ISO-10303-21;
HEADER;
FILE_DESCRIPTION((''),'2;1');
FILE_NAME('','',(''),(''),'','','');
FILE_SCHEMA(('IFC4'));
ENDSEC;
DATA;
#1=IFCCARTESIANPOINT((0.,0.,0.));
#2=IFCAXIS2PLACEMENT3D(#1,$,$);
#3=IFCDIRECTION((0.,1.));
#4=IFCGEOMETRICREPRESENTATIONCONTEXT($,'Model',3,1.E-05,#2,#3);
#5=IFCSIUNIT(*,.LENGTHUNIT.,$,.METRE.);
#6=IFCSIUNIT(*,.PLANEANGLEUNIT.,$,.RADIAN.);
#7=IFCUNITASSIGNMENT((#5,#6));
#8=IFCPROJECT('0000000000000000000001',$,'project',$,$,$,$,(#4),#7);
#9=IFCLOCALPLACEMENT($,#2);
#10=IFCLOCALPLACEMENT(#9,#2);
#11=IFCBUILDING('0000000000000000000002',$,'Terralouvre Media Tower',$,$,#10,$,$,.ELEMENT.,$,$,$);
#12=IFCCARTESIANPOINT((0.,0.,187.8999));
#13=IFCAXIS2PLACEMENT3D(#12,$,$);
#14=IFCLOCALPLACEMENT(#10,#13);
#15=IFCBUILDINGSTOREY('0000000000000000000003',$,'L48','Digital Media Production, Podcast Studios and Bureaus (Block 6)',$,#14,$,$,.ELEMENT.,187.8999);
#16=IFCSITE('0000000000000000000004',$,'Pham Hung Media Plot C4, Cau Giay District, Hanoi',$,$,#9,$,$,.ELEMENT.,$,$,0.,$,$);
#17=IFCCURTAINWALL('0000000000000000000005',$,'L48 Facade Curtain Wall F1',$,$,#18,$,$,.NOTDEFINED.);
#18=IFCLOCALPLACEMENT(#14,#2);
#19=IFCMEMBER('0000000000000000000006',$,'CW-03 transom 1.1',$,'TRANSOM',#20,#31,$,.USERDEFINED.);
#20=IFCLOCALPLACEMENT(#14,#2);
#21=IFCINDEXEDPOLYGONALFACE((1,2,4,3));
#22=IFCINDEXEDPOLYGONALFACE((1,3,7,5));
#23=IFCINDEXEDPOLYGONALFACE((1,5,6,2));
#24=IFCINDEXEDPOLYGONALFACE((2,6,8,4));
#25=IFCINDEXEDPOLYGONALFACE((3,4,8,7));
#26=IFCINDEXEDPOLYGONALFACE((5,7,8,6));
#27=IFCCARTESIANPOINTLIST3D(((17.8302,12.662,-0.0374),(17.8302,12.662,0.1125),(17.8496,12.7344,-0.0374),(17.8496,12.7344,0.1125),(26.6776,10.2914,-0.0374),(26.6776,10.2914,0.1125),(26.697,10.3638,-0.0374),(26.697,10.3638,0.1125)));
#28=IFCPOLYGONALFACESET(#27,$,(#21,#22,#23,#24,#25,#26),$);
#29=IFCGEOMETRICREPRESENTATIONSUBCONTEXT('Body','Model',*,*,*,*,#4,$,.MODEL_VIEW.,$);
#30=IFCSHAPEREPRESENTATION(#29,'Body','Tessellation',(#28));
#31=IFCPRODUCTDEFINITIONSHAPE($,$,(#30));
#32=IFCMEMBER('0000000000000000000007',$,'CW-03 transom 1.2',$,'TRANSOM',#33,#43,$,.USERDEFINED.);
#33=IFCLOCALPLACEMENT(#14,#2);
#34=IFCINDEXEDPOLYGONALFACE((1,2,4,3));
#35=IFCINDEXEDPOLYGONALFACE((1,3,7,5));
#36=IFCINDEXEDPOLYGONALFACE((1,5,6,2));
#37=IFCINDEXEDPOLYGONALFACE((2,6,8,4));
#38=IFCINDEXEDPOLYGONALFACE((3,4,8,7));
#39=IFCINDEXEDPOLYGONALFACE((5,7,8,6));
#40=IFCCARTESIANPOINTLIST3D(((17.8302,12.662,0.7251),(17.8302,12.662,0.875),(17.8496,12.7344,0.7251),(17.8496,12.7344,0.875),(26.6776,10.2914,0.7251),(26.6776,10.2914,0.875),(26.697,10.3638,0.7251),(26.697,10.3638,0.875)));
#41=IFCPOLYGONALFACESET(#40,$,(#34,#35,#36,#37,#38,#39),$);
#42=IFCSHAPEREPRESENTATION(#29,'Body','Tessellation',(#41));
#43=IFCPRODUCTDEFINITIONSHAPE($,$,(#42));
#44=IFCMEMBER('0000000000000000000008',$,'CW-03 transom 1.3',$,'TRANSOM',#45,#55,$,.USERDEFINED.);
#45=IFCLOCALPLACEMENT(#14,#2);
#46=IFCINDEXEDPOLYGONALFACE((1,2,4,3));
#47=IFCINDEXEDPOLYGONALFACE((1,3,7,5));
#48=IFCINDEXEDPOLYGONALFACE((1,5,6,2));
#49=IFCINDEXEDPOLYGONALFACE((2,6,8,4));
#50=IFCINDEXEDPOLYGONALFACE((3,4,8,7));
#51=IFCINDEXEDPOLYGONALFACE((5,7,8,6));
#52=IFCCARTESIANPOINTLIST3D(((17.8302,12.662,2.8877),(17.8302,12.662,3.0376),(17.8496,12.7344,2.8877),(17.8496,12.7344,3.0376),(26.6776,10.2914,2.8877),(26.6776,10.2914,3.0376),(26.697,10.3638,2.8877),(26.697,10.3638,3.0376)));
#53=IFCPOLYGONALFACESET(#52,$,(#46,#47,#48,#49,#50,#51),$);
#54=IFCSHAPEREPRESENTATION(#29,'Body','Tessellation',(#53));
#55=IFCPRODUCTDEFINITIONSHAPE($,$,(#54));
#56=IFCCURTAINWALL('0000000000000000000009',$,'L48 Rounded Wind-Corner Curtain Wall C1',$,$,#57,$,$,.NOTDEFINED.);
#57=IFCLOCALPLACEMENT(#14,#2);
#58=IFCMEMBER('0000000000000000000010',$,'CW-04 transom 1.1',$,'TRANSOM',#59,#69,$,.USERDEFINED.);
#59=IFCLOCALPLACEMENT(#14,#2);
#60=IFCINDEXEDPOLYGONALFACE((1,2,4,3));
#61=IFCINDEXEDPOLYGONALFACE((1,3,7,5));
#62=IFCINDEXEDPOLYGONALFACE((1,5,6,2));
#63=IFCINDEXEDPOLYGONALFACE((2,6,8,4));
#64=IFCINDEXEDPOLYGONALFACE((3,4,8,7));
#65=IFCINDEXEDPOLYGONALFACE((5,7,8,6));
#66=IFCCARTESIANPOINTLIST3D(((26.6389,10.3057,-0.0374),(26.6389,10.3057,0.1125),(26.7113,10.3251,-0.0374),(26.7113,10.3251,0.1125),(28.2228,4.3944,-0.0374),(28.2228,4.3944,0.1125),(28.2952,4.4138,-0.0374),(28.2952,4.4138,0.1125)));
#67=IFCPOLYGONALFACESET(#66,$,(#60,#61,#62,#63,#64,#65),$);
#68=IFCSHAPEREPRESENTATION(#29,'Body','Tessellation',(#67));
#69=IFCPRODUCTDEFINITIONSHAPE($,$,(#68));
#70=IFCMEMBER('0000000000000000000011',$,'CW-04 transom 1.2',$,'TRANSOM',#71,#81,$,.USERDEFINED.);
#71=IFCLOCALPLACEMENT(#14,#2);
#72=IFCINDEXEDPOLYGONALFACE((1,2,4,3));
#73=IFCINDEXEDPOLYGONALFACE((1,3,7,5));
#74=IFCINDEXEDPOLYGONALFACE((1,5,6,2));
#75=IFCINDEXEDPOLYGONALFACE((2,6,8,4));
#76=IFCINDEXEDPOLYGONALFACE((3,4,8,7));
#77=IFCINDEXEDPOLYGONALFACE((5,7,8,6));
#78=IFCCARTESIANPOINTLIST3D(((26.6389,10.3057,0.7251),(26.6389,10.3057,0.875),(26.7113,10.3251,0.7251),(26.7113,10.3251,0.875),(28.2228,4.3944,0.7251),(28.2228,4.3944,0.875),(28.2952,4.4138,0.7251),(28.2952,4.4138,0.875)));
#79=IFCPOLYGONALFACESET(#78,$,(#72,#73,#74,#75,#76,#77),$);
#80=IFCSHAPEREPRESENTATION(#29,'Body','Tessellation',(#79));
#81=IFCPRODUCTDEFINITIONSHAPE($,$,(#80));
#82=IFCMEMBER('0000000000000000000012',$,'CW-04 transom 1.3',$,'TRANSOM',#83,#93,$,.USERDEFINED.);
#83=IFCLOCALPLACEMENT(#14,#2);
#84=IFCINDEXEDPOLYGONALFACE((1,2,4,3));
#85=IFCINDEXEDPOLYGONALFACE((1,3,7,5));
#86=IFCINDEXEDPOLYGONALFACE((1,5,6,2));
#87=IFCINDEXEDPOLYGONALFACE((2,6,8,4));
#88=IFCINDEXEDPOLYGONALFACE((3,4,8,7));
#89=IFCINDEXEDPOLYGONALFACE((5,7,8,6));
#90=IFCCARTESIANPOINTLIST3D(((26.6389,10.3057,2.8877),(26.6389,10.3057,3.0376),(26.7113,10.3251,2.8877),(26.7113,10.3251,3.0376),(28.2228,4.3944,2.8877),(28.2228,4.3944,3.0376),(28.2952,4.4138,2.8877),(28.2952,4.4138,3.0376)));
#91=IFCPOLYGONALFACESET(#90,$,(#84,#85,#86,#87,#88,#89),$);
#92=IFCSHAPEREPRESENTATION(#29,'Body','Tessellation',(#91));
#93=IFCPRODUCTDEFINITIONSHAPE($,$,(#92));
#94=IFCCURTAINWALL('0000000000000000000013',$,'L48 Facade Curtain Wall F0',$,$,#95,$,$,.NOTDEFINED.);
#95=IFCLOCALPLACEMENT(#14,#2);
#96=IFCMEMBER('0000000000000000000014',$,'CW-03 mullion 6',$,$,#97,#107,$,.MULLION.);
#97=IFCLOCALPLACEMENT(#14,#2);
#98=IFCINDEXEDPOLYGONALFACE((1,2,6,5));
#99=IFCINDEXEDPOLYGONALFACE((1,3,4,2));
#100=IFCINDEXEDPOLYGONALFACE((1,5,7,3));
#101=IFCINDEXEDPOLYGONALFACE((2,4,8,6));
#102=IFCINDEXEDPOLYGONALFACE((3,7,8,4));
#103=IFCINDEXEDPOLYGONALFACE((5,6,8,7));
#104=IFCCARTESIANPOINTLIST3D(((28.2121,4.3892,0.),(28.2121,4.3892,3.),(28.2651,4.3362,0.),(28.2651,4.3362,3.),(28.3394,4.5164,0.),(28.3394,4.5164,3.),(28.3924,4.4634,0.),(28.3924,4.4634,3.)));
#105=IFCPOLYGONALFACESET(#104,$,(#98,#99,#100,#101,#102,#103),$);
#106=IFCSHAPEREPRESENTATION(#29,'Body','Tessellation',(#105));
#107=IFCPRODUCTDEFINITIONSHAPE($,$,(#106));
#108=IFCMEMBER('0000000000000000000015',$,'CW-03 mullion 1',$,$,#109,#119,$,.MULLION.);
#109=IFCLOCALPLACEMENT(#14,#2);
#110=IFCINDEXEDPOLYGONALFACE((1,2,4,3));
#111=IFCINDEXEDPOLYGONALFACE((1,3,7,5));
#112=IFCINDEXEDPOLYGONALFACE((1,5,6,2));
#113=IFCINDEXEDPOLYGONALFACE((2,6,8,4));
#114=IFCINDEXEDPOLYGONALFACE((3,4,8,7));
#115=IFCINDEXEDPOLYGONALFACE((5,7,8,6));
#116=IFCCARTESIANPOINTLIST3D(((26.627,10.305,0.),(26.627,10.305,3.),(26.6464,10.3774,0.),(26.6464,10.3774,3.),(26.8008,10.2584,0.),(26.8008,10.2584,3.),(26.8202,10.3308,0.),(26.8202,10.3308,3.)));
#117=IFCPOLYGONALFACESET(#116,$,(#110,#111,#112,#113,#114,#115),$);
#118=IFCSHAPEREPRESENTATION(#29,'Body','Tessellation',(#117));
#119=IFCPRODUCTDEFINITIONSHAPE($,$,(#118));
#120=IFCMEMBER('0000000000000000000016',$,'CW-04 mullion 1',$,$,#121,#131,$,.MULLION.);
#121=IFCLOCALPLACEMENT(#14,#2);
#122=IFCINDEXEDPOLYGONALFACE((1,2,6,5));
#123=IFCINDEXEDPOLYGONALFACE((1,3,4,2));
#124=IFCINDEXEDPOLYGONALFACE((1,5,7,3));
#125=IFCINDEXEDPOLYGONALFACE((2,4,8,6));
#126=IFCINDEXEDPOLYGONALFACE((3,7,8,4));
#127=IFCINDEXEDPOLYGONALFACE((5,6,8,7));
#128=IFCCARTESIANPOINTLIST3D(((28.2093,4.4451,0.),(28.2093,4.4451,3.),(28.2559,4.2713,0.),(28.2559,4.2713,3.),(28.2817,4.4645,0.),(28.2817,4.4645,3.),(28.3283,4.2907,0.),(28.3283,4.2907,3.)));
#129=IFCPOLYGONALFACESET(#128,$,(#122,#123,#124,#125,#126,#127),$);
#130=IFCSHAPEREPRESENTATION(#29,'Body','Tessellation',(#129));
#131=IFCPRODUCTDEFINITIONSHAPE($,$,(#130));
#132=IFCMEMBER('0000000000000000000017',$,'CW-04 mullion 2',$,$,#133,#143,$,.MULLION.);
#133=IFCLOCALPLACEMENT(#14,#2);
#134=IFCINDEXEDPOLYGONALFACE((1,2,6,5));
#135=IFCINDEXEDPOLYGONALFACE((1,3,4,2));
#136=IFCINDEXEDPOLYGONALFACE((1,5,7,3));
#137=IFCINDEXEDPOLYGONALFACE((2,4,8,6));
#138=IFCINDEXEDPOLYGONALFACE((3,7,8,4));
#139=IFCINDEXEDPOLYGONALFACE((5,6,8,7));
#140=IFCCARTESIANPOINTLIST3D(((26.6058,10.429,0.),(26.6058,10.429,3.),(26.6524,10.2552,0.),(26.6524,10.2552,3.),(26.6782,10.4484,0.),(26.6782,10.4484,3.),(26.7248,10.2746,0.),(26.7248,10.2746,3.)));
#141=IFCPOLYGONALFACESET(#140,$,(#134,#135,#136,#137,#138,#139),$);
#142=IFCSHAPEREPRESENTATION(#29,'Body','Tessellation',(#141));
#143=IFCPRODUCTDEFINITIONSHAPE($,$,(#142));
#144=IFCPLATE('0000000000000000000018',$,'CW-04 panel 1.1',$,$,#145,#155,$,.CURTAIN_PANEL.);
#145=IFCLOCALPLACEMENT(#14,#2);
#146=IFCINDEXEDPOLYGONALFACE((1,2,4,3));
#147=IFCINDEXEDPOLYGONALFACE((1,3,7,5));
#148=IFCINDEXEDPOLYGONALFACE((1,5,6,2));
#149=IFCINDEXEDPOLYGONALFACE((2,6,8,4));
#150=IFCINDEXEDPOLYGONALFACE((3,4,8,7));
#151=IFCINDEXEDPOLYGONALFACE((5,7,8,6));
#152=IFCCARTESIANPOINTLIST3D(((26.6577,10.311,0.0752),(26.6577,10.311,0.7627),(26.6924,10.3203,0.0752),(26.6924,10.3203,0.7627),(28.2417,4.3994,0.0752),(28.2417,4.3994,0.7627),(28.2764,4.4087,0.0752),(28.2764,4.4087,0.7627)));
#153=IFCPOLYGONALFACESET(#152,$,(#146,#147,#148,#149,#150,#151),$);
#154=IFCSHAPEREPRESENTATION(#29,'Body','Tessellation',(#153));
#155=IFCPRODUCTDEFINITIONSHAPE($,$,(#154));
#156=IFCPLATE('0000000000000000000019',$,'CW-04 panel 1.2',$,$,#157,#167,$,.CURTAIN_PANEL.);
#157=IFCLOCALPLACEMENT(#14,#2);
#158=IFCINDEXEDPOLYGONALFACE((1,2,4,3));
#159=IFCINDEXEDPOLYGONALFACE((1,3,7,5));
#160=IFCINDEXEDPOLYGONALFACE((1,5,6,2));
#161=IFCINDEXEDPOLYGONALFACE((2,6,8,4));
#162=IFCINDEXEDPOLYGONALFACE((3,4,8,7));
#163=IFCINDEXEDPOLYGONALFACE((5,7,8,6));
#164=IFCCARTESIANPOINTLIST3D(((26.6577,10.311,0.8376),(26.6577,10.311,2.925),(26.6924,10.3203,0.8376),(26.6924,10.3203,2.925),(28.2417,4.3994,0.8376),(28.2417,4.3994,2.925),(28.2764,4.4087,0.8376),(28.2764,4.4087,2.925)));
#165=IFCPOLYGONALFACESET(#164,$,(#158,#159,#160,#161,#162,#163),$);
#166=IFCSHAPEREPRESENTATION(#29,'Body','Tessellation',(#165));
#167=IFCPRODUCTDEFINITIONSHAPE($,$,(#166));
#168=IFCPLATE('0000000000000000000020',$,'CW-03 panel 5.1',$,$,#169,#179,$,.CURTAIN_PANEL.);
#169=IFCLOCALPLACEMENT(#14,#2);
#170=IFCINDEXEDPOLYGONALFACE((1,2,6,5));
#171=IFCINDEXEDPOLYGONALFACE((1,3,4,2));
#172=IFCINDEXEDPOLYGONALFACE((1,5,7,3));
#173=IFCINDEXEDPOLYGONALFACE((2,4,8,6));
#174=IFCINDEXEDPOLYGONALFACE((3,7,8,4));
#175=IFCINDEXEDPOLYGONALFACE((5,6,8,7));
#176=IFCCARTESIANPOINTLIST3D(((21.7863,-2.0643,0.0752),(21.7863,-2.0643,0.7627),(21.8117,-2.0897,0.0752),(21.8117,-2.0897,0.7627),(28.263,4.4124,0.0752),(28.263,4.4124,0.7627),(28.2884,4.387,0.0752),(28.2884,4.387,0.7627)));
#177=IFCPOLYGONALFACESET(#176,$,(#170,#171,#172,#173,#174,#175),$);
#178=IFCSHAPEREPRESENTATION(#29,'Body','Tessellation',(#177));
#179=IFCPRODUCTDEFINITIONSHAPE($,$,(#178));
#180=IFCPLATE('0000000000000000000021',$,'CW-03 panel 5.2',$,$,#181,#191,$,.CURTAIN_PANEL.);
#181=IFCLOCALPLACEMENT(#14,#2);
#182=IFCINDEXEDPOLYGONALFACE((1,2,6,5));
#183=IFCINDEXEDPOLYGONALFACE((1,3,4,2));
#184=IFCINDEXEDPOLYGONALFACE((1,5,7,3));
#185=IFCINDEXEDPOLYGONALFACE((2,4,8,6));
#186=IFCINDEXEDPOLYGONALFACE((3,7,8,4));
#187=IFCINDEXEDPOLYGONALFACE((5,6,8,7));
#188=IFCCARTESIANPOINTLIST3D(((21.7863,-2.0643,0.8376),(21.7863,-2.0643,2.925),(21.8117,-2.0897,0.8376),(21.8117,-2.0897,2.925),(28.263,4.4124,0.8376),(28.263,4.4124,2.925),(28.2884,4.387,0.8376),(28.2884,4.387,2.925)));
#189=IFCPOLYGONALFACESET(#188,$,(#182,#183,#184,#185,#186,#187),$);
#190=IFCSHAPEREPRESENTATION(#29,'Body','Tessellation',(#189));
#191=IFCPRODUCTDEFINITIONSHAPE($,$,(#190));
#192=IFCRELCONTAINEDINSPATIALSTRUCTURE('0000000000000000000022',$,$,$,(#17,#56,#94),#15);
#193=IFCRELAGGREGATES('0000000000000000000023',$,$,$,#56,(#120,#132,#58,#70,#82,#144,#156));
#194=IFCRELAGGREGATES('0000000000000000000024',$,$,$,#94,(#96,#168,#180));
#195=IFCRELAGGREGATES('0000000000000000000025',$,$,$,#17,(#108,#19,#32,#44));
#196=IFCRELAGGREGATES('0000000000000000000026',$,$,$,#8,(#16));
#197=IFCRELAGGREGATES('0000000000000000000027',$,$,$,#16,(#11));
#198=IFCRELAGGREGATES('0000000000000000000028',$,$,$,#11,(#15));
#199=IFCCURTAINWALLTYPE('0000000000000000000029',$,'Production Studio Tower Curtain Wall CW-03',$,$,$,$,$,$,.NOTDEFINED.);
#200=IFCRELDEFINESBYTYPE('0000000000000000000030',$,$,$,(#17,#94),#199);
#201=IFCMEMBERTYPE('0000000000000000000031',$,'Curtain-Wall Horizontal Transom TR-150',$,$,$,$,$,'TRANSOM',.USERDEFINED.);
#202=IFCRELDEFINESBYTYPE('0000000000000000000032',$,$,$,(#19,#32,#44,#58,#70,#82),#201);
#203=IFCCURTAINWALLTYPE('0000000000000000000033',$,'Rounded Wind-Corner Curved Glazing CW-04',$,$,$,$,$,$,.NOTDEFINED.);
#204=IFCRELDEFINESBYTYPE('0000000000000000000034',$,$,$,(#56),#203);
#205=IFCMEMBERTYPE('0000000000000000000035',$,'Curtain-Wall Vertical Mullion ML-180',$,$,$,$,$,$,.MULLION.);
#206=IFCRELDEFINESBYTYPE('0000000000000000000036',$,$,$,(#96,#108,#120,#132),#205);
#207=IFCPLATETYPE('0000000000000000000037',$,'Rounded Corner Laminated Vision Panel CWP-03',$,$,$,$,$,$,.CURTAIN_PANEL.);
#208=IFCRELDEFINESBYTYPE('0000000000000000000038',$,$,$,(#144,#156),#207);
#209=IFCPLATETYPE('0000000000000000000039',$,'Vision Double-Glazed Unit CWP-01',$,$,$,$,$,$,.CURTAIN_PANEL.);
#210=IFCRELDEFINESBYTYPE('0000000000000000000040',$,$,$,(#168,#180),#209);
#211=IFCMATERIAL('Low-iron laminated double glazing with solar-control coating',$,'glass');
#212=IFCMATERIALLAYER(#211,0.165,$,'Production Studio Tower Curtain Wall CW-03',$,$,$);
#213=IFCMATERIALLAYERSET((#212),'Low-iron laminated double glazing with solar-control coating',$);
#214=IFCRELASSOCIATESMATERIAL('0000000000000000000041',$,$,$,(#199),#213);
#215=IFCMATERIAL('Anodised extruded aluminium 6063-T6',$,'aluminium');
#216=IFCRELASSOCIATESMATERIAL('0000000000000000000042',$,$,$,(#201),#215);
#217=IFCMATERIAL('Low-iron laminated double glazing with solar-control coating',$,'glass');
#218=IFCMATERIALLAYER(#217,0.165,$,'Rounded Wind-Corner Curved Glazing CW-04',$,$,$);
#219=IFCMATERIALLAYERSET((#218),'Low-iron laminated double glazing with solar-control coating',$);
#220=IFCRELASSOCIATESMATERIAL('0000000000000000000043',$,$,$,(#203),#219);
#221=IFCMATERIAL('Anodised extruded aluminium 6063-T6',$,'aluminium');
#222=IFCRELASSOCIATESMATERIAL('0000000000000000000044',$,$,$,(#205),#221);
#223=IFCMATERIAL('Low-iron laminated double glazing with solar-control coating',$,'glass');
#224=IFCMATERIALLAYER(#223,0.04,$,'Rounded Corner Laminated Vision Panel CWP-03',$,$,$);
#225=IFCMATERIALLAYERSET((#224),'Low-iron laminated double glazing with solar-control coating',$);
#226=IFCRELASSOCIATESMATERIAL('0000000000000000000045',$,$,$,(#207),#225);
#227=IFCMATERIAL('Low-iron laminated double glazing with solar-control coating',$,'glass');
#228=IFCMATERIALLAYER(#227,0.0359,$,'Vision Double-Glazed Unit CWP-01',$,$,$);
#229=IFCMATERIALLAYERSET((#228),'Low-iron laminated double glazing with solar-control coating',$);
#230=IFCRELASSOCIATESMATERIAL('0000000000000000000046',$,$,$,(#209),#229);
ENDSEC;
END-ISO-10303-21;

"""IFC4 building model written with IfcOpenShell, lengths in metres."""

from ifc_helpers import new_model, si_unit, direction, frame, origin, origin_2d, place, context, subcontext, project, spatial, rectangle, extrude, material, layer, layer_set, material_profile, profile_set, type_object, element, aggregate, save


model = new_model("IFC4")

# Units and contexts
model_context = context("Model", 3, precision=1e-05, world=origin(), true_north=direction((0.0, 1.0)))
body_context = subcontext(model_context, "Body", "Model", "MODEL_VIEW")
ifc_project = project(units=[si_unit("LENGTHUNIT", "METRE"), si_unit("PLANEANGLEUNIT", "RADIAN")], contexts=[model_context])

# Site, building, storey
site_placement = place(None, origin())
site = spatial("IfcSite", under=ifc_project, at=site_placement, Name="Pham Hung Media Plot C4, Cau Giay District, Hanoi", CompositionType="ELEMENT", RefElevation=0.0)
building_placement = place(site_placement, origin())
building = spatial("IfcBuilding", under=site, at=building_placement, Name="Terralouvre Media Tower", CompositionType="ELEMENT")
storey_placement = place(building_placement, frame((0.0, 0.0, 187.8999)))
storey = spatial("IfcBuildingStorey", under=building, at=storey_placement, Name="L48", Description="Digital Media Production, Podcast Studios and Bureaus (Block 6)", CompositionType="ELEMENT", Elevation=187.8999)

# Curtain walls, members
ifc_material_1 = material(Name="Low-iron laminated double glazing with solar-control coating", Category="glass")
ifc_layer_1 = layer(ifc_material_1, 0.165, Name="Production Studio Tower Curtain Wall CW-03")
ifc_layer_set_1 = layer_set([ifc_layer_1], Name="Low-iron laminated double glazing with solar-control coating")
curtain_wall_type_1 = type_object("IfcCurtainWallType", Name="Production Studio Tower Curtain Wall CW-03", PredefinedType="NOTDEFINED", material=ifc_layer_set_1)
curtain_wall_1_placement = place(storey_placement, origin())
curtain_wall_1 = element("IfcCurtainWall", 1, at=curtain_wall_1_placement, inside=storey, type_object=curtain_wall_type_1, Name="L48 Facade Curtain Wall F1", PredefinedType="NOTDEFINED")
ifc_material_2 = material(Name="Anodised extruded aluminium 6063-T6", Category="aluminium")
ifc_material_profile_1 = material_profile(ifc_material_2, rectangle(XDim=0.075, YDim=0.1499, at=origin_2d()), Name="ALU 75x150")
ifc_profile_set_1 = profile_set([ifc_material_profile_1], Name="Anodised extruded aluminium 6063-T6")
member_type_1 = type_object("IfcMemberType", Name="Curtain-Wall Horizontal Transom TR-150", ElementType="TRANSOM", PredefinedType="USERDEFINED", material=ifc_profile_set_1)
member_1_placement = place(storey_placement, frame((26.6873, 10.3276, 0.0376), z_axis=(-0.965927, 0.258814, 0.0), x_axis=(-0.258814, -0.965927, 0.0)))
member_1 = element("IfcMember", 2, at=member_1_placement, type_object=member_type_1, Name="CW-03 transom 1.1", ObjectType="TRANSOM", PredefinedType="USERDEFINED", context=body_context, shape_type="SweptSolid", body=[
    extrude(rectangle(XDim=0.075, YDim=0.1499, at=origin_2d()), origin(), (0.0, 0.0, 1.0), 9.1594),
])
member_2_placement = place(storey_placement, frame((26.6873, 10.3276, 0.8), z_axis=(-0.965927, 0.258814, 0.0), x_axis=(-0.258814, -0.965927, 0.0)))
member_2 = element("IfcMember", 3, at=member_2_placement, type_object=member_type_1, Name="CW-03 transom 1.2", ObjectType="TRANSOM", PredefinedType="USERDEFINED", context=body_context, shape_type="SweptSolid", body=[
    extrude(rectangle(XDim=0.075, YDim=0.1499, at=origin_2d()), origin(), (0.0, 0.0, 1.0), 9.1594),
])
member_3_placement = place(storey_placement, frame((26.6873, 10.3276, 2.9626), z_axis=(-0.965927, 0.258814, 0.0), x_axis=(-0.258814, -0.965927, 0.0)))
member_3 = element("IfcMember", 4, at=member_3_placement, type_object=member_type_1, Name="CW-03 transom 1.3", ObjectType="TRANSOM", PredefinedType="USERDEFINED", context=body_context, shape_type="SweptSolid", body=[
    extrude(rectangle(XDim=0.075, YDim=0.1499, at=origin_2d()), origin(), (0.0, 0.0, 1.0), 9.1594),
])
ifc_material_3 = material(Name="Low-iron laminated double glazing with solar-control coating", Category="glass")
ifc_layer_2 = layer(ifc_material_3, 0.165, Name="Rounded Wind-Corner Curved Glazing CW-04")
ifc_layer_set_2 = layer_set([ifc_layer_2], Name="Low-iron laminated double glazing with solar-control coating")
curtain_wall_type_2 = type_object("IfcCurtainWallType", Name="Rounded Wind-Corner Curved Glazing CW-04", PredefinedType="NOTDEFINED", material=ifc_layer_set_2)
curtain_wall_2_placement = place(storey_placement, origin())
curtain_wall_2 = element("IfcCurtainWall", 5, at=curtain_wall_2_placement, inside=storey, type_object=curtain_wall_type_2, Name="L48 Rounded Wind-Corner Curtain Wall C1", PredefinedType="NOTDEFINED")
member_4_placement = place(storey_placement, frame((28.259, 4.4041, 0.0376), z_axis=(-0.258824, 0.965924, 0.0), x_axis=(-0.965924, -0.258824, 0.0)))
member_4 = element("IfcMember", 6, at=member_4_placement, type_object=member_type_1, Name="CW-04 transom 1.1", ObjectType="TRANSOM", PredefinedType="USERDEFINED", context=body_context, shape_type="SweptSolid", body=[
    extrude(rectangle(XDim=0.075, YDim=0.1499, at=origin_2d()), origin(), (0.0, 0.0, 1.0), 6.1199),
])
member_5_placement = place(storey_placement, frame((28.259, 4.4041, 0.8), z_axis=(-0.258824, 0.965924, 0.0), x_axis=(-0.965924, -0.258824, 0.0)))
member_5 = element("IfcMember", 7, at=member_5_placement, type_object=member_type_1, Name="CW-04 transom 1.2", ObjectType="TRANSOM", PredefinedType="USERDEFINED", context=body_context, shape_type="SweptSolid", body=[
    extrude(rectangle(XDim=0.075, YDim=0.1499, at=origin_2d()), origin(), (0.0, 0.0, 1.0), 6.1199),
])
member_6_placement = place(storey_placement, frame((28.259, 4.4041, 2.9626), z_axis=(-0.258824, 0.965924, 0.0), x_axis=(-0.965924, -0.258824, 0.0)))
member_6 = element("IfcMember", 8, at=member_6_placement, type_object=member_type_1, Name="CW-04 transom 1.3", ObjectType="TRANSOM", PredefinedType="USERDEFINED", context=body_context, shape_type="SweptSolid", body=[
    extrude(rectangle(XDim=0.075, YDim=0.1499, at=origin_2d()), origin(), (0.0, 0.0, 1.0), 6.1199),
])

# Curtain wall, member
curtain_wall_3_placement = place(storey_placement, origin())
curtain_wall_3 = element("IfcCurtainWall", 9, at=curtain_wall_3_placement, inside=storey, type_object=curtain_wall_type_1, Name="L48 Facade Curtain Wall F0", PredefinedType="NOTDEFINED")
ifc_material_4 = material(Name="Anodised extruded aluminium 6063-T6", Category="aluminium")
ifc_material_profile_2 = material_profile(ifc_material_4, rectangle(XDim=0.075, YDim=0.1799, at=origin_2d()), Name="ALU 75x180")
ifc_profile_set_2 = profile_set([ifc_material_profile_2], Name="Anodised extruded aluminium 6063-T6")
member_type_2 = type_object("IfcMemberType", Name="Curtain-Wall Vertical Mullion ML-180", PredefinedType="MULLION", material=ifc_profile_set_2)
member_7_placement = place(storey_placement, frame((28.3022, 4.4263, 0.0), z_axis=(0.0, 0.0, 1.0), x_axis=(-0.707107, 0.707107, 0.0)))
member_7 = element("IfcMember", 10, at=member_7_placement, type_object=member_type_2, Name="CW-03 mullion 6", PredefinedType="MULLION", context=body_context, shape_type="SweptSolid", body=[
    extrude(rectangle(XDim=0.075, YDim=0.1799, at=origin_2d()), origin(), (0.0, 0.0, 1.0), 3.0),
])

# Members
member_8_placement = place(storey_placement, frame((26.7236, 10.3179, 0.0), z_axis=(0.0, 0.0, 1.0), x_axis=(-0.258819, -0.965926, 0.0)))
member_8 = element("IfcMember", 11, at=member_8_placement, type_object=member_type_2, Name="CW-03 mullion 1", PredefinedType="MULLION", context=body_context, shape_type="SweptSolid", body=[
    extrude(rectangle(XDim=0.075, YDim=0.1799, at=origin_2d()), origin(), (0.0, 0.0, 1.0), 3.0),
])
member_9_placement = place(storey_placement, frame((28.2688, 4.3679, 0.0), z_axis=(0.0, 0.0, 1.0), x_axis=(-0.965926, -0.258819, 0.0)))
member_9 = element("IfcMember", 12, at=member_9_placement, type_object=member_type_2, Name="CW-04 mullion 1", PredefinedType="MULLION", context=body_context, shape_type="SweptSolid", body=[
    extrude(rectangle(XDim=0.075, YDim=0.1799, at=origin_2d()), origin(), (0.0, 0.0, 1.0), 3.0),
])
member_10_placement = place(storey_placement, frame((26.6653, 10.3518, 0.0), z_axis=(0.0, 0.0, 1.0), x_axis=(-0.965926, -0.258819, 0.0)))
member_10 = element("IfcMember", 13, at=member_10_placement, type_object=member_type_2, Name="CW-04 mullion 2", PredefinedType="MULLION", context=body_context, shape_type="SweptSolid", body=[
    extrude(rectangle(XDim=0.075, YDim=0.1799, at=origin_2d()), origin(), (0.0, 0.0, 1.0), 3.0),
])

# Plates
ifc_material_5 = material(Name="Low-iron laminated double glazing with solar-control coating", Category="glass")
ifc_layer_3 = layer(ifc_material_5, 0.04, Name="Rounded Corner Laminated Vision Panel CWP-03")
ifc_layer_set_3 = layer_set([ifc_layer_3], Name="Low-iron laminated double glazing with solar-control coating")
plate_type_1 = type_object("IfcPlateType", Name="Rounded Corner Laminated Vision Panel CWP-03", PredefinedType="CURTAIN_PANEL", material=ifc_layer_set_3)
plate_1_placement = place(storey_placement, frame((27.467, 7.3599, 0.0752), z_axis=(0.0, 0.0, 1.0), x_axis=(-0.258819, 0.965926, 0.0)))
plate_1 = element("IfcPlate", 14, at=plate_1_placement, type_object=plate_type_1, Name="CW-04 panel 1.1", PredefinedType="CURTAIN_PANEL", context=body_context, shape_type="SweptSolid", body=[
    extrude(rectangle(XDim=6.1201, YDim=0.0359, at=origin_2d()), origin(), (0.0, 0.0, 1.0), 0.6875),
])
plate_2_placement = place(storey_placement, frame((27.467, 7.3599, 0.8376), z_axis=(0.0, 0.0, 1.0), x_axis=(-0.258819, 0.965926, 0.0)))
plate_2 = element("IfcPlate", 15, at=plate_2_placement, type_object=plate_type_1, Name="CW-04 panel 1.2", PredefinedType="CURTAIN_PANEL", context=body_context, shape_type="SweptSolid", body=[
    extrude(rectangle(XDim=6.1201, YDim=0.0359, at=origin_2d()), origin(), (0.0, 0.0, 1.0), 2.0874),
])
aggregate(curtain_wall_2, [member_9, member_10, member_4, member_5, member_6, plate_1, plate_2])
ifc_material_6 = material(Name="Low-iron laminated double glazing with solar-control coating", Category="glass")
ifc_layer_4 = layer(ifc_material_6, 0.0359, Name="Vision Double-Glazed Unit CWP-01")
ifc_layer_set_4 = layer_set([ifc_layer_4], Name="Low-iron laminated double glazing with solar-control coating")
plate_type_2 = type_object("IfcPlateType", Name="Vision Double-Glazed Unit CWP-01", PredefinedType="CURTAIN_PANEL", material=ifc_layer_set_4)
plate_3_placement = place(storey_placement, frame((25.0374, 1.1614, 0.0752), z_axis=(0.0, 0.0, 1.0), x_axis=(0.707107, 0.707107, 0.0)))
plate_3 = element("IfcPlate", 16, at=plate_3_placement, type_object=plate_type_2, Name="CW-03 panel 5.1", PredefinedType="CURTAIN_PANEL", context=body_context, shape_type="SweptSolid", body=[
    extrude(rectangle(XDim=9.1594, YDim=0.0359, at=origin_2d()), origin(), (0.0, 0.0, 1.0), 0.6875),
])
plate_4_placement = place(storey_placement, frame((25.0374, 1.1614, 0.8376), z_axis=(0.0, 0.0, 1.0), x_axis=(0.707107, 0.707107, 0.0)))
plate_4 = element("IfcPlate", 17, at=plate_4_placement, type_object=plate_type_2, Name="CW-03 panel 5.2", PredefinedType="CURTAIN_PANEL", context=body_context, shape_type="SweptSolid", body=[
    extrude(rectangle(XDim=9.1594, YDim=0.0359, at=origin_2d()), origin(), (0.0, 0.0, 1.0), 2.0874),
])
aggregate(curtain_wall_3, [member_7, plate_3, plate_4])
aggregate(curtain_wall_1, [member_8, member_1, member_2, member_3])

save(model, "model.ifc")
